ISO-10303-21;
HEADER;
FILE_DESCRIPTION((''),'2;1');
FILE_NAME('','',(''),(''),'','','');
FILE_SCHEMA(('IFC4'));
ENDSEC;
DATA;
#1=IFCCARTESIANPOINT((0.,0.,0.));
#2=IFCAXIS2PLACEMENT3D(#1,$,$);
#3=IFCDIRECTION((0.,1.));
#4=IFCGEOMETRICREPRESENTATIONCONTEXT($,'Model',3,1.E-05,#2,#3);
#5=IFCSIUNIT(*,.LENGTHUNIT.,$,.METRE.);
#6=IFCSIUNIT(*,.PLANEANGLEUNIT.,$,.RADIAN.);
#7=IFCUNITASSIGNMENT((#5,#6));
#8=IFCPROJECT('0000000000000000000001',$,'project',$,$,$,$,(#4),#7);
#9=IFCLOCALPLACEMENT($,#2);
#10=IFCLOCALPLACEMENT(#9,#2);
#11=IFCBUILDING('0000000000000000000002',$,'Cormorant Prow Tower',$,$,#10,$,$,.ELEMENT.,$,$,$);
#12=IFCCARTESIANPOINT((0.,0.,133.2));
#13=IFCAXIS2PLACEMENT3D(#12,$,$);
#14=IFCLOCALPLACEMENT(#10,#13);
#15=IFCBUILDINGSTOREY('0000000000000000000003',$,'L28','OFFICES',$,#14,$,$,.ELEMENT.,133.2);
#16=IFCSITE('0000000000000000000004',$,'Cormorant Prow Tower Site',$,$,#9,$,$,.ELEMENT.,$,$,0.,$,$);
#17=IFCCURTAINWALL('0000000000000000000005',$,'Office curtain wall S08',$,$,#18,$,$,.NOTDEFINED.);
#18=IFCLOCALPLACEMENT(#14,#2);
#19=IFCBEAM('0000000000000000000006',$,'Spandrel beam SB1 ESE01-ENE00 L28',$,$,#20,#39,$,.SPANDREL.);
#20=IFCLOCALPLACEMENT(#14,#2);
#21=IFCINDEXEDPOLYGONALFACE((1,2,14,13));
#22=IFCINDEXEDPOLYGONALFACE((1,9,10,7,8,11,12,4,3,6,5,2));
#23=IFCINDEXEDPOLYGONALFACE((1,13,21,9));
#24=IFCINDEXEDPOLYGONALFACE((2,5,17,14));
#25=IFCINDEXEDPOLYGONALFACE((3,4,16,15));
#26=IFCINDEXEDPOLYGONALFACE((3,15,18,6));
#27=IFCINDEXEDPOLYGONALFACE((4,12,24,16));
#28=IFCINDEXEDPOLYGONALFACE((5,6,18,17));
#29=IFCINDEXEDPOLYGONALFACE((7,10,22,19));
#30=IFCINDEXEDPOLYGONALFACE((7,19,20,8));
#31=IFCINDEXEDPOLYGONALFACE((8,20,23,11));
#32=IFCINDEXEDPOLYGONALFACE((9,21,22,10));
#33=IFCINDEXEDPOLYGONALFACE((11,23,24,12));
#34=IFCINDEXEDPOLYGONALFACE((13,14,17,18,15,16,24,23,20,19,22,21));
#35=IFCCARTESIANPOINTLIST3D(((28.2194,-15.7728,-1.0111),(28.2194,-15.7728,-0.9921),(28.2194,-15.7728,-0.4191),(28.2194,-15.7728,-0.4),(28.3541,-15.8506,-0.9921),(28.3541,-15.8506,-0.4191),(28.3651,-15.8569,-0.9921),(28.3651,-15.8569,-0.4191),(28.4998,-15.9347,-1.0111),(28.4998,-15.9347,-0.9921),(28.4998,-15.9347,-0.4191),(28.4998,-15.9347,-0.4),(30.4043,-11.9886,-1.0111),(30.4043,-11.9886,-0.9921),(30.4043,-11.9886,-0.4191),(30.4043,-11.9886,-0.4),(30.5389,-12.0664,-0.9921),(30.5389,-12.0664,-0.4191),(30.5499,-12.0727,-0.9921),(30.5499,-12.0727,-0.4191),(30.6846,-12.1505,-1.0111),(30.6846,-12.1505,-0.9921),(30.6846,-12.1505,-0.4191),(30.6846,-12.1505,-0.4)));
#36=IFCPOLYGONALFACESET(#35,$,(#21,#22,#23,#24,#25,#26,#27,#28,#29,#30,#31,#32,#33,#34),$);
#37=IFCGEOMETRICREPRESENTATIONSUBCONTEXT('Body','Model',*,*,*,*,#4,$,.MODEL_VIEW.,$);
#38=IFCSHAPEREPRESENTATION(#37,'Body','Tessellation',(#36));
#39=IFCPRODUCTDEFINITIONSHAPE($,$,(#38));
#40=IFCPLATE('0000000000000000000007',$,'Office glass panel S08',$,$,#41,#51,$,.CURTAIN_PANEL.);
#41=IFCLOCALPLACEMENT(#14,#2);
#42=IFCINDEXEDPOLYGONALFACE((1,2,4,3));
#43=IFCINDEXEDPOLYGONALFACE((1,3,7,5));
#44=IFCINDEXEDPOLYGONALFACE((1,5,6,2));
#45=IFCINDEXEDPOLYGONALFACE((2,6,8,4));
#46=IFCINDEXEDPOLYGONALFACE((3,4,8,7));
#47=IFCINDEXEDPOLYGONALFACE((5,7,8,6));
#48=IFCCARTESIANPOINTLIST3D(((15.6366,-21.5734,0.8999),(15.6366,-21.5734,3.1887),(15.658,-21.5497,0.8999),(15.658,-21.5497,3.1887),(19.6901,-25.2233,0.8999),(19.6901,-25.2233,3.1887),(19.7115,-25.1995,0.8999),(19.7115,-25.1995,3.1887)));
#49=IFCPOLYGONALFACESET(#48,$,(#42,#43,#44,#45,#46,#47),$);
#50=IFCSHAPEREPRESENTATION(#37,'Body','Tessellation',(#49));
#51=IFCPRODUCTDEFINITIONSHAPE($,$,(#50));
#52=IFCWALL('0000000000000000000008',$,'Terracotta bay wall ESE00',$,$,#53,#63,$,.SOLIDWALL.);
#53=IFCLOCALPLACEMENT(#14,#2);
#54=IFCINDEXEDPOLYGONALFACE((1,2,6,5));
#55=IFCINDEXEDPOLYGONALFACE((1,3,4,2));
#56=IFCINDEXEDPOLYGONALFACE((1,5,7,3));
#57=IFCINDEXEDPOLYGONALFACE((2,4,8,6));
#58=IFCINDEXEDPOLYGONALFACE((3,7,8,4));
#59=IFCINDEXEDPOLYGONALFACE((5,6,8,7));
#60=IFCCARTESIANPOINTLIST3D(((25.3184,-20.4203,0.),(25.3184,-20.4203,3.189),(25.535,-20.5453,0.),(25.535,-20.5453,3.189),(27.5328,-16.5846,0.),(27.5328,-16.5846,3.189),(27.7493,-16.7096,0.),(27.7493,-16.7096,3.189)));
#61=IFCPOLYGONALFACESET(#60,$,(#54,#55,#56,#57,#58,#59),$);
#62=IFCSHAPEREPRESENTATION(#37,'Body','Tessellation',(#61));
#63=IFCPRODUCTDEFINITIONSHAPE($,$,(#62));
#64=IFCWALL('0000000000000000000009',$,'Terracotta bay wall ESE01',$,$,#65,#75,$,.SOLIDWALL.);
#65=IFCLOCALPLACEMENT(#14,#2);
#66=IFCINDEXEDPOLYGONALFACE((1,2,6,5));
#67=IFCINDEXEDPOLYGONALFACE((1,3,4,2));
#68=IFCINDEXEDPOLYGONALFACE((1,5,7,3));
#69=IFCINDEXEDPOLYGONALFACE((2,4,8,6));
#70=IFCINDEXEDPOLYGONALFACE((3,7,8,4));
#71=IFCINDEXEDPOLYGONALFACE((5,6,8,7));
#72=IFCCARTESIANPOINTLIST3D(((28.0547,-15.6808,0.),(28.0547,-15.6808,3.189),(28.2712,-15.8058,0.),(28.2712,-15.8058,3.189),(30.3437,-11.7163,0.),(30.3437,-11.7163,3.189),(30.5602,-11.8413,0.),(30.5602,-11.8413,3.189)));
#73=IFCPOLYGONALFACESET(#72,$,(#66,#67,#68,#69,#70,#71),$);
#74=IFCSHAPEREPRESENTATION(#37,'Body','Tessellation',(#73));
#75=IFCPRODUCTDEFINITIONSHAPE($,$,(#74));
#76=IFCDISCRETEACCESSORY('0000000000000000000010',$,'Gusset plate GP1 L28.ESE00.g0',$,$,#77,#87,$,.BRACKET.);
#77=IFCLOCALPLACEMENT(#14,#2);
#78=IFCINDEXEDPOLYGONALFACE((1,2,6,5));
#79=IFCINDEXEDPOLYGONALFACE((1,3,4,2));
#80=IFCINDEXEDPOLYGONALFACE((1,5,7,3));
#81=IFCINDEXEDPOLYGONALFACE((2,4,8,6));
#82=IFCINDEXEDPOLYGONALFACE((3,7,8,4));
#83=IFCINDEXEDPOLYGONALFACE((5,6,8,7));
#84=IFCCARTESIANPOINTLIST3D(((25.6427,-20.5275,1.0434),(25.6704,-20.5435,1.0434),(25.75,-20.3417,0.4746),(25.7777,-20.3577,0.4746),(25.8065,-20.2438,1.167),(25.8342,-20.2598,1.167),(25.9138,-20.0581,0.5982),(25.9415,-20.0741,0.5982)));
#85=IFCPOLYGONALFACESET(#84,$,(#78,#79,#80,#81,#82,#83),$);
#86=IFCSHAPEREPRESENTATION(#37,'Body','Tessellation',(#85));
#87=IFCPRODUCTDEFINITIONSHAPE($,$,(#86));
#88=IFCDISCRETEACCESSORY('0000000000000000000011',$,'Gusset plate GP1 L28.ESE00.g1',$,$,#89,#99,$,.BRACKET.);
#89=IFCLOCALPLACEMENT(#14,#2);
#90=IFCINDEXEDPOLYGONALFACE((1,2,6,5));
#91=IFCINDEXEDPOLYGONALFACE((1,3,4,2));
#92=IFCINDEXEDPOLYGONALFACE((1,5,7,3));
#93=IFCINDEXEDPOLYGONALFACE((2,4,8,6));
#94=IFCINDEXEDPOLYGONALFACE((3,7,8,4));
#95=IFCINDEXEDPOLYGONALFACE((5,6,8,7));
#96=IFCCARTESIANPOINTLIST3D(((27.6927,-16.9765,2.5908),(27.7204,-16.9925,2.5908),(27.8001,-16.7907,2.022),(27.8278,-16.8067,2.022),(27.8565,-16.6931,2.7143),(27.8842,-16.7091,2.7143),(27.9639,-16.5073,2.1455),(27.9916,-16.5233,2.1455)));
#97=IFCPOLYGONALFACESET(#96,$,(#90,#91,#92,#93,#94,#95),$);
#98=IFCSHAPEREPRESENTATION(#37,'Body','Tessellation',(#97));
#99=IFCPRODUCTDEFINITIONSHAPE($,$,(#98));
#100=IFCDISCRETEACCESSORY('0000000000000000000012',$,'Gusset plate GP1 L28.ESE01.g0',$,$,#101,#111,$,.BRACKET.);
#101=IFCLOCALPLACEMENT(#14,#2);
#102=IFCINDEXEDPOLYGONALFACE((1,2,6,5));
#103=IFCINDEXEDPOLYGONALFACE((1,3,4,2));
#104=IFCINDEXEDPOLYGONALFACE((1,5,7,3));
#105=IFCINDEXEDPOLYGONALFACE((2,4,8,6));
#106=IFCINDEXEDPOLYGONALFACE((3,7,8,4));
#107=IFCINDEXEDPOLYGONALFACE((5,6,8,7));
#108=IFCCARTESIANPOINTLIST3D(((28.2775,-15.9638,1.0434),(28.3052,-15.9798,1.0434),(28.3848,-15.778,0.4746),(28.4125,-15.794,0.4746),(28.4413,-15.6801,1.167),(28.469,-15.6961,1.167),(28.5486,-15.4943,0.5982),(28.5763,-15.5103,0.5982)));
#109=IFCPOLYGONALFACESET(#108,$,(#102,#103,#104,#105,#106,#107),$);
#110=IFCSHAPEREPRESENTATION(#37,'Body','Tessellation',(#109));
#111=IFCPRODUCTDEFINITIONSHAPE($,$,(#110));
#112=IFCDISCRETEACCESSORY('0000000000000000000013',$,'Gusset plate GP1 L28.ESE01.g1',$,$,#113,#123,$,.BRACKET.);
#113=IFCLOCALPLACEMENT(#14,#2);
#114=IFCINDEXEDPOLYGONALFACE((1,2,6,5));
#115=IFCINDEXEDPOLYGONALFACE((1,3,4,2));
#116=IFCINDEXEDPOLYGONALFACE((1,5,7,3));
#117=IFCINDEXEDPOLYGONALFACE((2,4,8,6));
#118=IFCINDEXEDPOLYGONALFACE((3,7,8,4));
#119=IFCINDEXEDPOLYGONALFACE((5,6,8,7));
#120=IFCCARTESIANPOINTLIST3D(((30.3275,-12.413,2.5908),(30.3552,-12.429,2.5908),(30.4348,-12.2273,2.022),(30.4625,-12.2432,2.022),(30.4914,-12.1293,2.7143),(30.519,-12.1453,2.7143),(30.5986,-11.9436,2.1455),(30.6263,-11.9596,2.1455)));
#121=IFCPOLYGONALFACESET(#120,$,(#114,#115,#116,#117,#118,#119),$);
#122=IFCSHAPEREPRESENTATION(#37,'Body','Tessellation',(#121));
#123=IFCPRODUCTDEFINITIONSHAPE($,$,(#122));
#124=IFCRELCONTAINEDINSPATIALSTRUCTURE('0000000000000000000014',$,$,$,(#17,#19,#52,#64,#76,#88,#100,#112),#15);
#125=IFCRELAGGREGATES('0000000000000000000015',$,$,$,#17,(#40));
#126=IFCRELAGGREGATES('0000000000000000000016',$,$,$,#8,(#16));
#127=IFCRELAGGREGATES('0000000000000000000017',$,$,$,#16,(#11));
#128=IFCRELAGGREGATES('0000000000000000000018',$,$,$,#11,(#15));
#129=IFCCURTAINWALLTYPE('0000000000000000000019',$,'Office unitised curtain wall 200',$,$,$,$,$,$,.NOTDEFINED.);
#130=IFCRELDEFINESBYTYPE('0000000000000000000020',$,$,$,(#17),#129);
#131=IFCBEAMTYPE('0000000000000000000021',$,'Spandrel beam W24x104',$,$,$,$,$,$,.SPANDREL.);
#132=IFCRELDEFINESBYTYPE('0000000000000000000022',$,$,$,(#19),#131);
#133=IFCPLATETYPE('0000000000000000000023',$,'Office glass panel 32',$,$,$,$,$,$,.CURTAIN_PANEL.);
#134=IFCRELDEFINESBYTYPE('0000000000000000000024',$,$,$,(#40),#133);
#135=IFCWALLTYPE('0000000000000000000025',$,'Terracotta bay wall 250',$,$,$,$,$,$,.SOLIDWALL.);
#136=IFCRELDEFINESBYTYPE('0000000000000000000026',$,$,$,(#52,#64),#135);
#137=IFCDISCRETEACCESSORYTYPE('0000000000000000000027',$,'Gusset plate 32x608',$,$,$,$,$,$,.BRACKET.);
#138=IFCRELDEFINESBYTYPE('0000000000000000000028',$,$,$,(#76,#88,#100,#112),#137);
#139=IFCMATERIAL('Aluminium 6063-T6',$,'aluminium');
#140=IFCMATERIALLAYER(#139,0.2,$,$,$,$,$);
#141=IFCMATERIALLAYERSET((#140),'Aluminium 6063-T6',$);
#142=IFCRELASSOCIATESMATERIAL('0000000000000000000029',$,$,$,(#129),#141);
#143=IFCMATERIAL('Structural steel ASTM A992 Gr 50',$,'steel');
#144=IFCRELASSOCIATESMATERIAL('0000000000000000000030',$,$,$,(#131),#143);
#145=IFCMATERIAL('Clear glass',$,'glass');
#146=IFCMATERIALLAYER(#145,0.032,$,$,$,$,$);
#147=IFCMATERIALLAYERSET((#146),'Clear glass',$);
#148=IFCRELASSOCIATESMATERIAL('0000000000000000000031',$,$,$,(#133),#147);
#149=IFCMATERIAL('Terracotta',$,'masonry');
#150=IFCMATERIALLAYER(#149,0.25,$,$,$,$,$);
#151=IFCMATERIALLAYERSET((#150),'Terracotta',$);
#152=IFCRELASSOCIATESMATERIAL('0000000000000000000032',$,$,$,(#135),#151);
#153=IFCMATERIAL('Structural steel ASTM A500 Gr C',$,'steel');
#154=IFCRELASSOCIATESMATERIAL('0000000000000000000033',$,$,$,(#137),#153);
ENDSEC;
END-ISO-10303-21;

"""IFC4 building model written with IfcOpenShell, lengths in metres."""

from ifc_helpers import new_model, si_unit, direction, frame, frame_2d, origin, origin_2d, place, context, subcontext, project, spatial, rectangle, i_section, extrude, material, layer, layer_set, material_profile, profile_set, type_object, element, aggregate, save


model = new_model("IFC4")

# Units and contexts
model_context = context("Model", 3, precision=1e-05, world=origin(), true_north=direction((0.0, 1.0)))
body_context = subcontext(model_context, "Body", "Model", "MODEL_VIEW")
ifc_project = project(units=[si_unit("LENGTHUNIT", "METRE"), si_unit("PLANEANGLEUNIT", "RADIAN")], contexts=[model_context])

# Site, building, storey
site_placement = place(None, origin())
site = spatial("IfcSite", under=ifc_project, at=site_placement, Name="Cormorant Prow Tower Site", CompositionType="ELEMENT", RefElevation=0.0)
building_placement = place(site_placement, origin())
building = spatial("IfcBuilding", under=site, at=building_placement, Name="Cormorant Prow Tower", CompositionType="ELEMENT")
storey_placement = place(building_placement, frame((0.0, 0.0, 133.2)))
storey = spatial("IfcBuildingStorey", under=building, at=storey_placement, Name="L28", Description="OFFICES", CompositionType="ELEMENT", Elevation=133.2)

# Curtain wall
ifc_material_1 = material(Name="Aluminium 6063-T6", Category="aluminium")
ifc_layer_1 = layer(ifc_material_1, 0.2)
ifc_layer_set_1 = layer_set([ifc_layer_1], Name="Aluminium 6063-T6")
curtain_wall_type = type_object("IfcCurtainWallType", Name="Office unitised curtain wall 200", PredefinedType="NOTDEFINED", material=ifc_layer_set_1)
curtain_wall_placement = place(storey_placement, origin())
curtain_wall = element("IfcCurtainWall", 1, at=curtain_wall_placement, inside=storey, type_object=curtain_wall_type, Name="Office curtain wall S08", PredefinedType="NOTDEFINED")

# Beam
ifc_material_2 = material(Name="Structural steel ASTM A992 Gr 50", Category="steel")
ifc_material_profile_1 = material_profile(ifc_material_2, i_section(OverallWidth=0.3237, OverallDepth=0.6111, WebThickness=0.0127, FlangeThickness=0.019, at=origin_2d()), Name="W24x104")
ifc_profile_set_1 = profile_set([ifc_material_profile_1], Name="Structural steel ASTM A992 Gr 50")
beam_type = type_object("IfcBeamType", Name="Spandrel beam W24x104", PredefinedType="SPANDREL", material=ifc_profile_set_1)
for number, where, z_axis, x_axis, name in (
    (2, (28.3596, -15.8538, -0.7056), (0.500003, 0.866024, 0.0), (-0.866024, 0.500003, 0.0), "Spandrel beam SB1 ESE01-ENE00 L28"),
):
    element("IfcBeam", number, at=place(storey_placement, frame(where, z_axis=z_axis, x_axis=x_axis)), inside=storey, type_object=beam_type, Name=name, PredefinedType="SPANDREL", context=body_context, shape_type="SweptSolid", body=[
        extrude(i_section(OverallWidth=0.3237, OverallDepth=0.6111, WebThickness=0.0127, FlangeThickness=0.019, at=origin_2d()), origin(), (0.0, 0.0, 1.0), 4.3696),
    ])

# Plate
ifc_material_3 = material(Name="Clear glass", Category="glass")
ifc_layer_2 = layer(ifc_material_3, 0.032)
ifc_layer_set_2 = layer_set([ifc_layer_2], Name="Clear glass")
plate_type = type_object("IfcPlateType", Name="Office glass panel 32", PredefinedType="CURTAIN_PANEL", material=ifc_layer_set_2)
plate_placement = place(storey_placement, frame((17.6741, -23.3865, 0.8999), z_axis=(0.0, 0.0, 1.0), x_axis=(0.743145, -0.669131, 0.0)))
plate = element("IfcPlate", 3, at=plate_placement, type_object=plate_type, Name="Office glass panel S08", PredefinedType="CURTAIN_PANEL", context=body_context, shape_type="SweptSolid", body=[
    extrude(rectangle(XDim=5.4546, YDim=0.032, at=origin_2d()), origin(), (0.0, 0.0, 1.0), 2.2888),
])
aggregate(curtain_wall, [plate])

# Walls
ifc_material_4 = material(Name="Terracotta", Category="masonry")
ifc_layer_3 = layer(ifc_material_4, 0.25)
ifc_layer_set_3 = layer_set([ifc_layer_3], Name="Terracotta")
wall_type_1 = type_object("IfcWallType", Name="Terracotta bay wall 250", PredefinedType="SOLIDWALL", material=ifc_layer_set_3)
wall_1_placement = place(storey_placement, frame((25.4268, -20.4827, 0.0), z_axis=(0.0, 0.0, 1.0), x_axis=(0.499969, 0.866043, 0.0)))
element("IfcWall", 4, at=wall_1_placement, inside=storey, type_object=wall_type_1, Name="Terracotta bay wall ESE00", PredefinedType="SOLIDWALL", context=body_context, shape_type="SweptSolid", body=[
    extrude(rectangle(XDim=4.429, YDim=0.25, at=frame_2d((2.2144, 0.0))), origin(), (0.0, 0.0, 1.0), 3.189),
])
wall_2_placement = place(storey_placement, frame((28.1628, -15.7434, 0.0), z_axis=(0.0, 0.0, 1.0), x_axis=(0.500016, 0.866016, 0.0)))
element("IfcWall", 5, at=wall_2_placement, inside=storey, type_object=wall_type_1, Name="Terracotta bay wall ESE01", PredefinedType="SOLIDWALL", context=body_context, shape_type="SweptSolid", body=[
    extrude(rectangle(XDim=4.5779, YDim=0.25, at=frame_2d((2.2891, 0.0))), origin(), (0.0, 0.0, 1.0), 3.189),
])

# Discrete accessories
ifc_material_5 = material(Name="Structural steel ASTM A500 Gr C", Category="steel")
ifc_material_profile_2 = material_profile(ifc_material_5, rectangle(XDim=0.032, YDim=0.6079, at=origin_2d()), Name="Gusset plate 32x608")
ifc_profile_set_2 = profile_set([ifc_material_profile_2], Name="Structural steel ASTM A500 Gr C")
discrete_accessory_type = type_object("IfcDiscreteAccessoryType", Name="Gusset plate 32x608", PredefinedType="BRACKET", material=ifc_profile_set_2)
discrete_accessory_1_placement = place(storey_placement, frame((25.874, -20.1589, 0.8826), z_axis=(-0.467903, -0.810288, -0.352845), x_axis=(0.865987, -0.500067, 0.0)))
element("IfcDiscreteAccessory", 6, at=discrete_accessory_1_placement, inside=storey, type_object=discrete_accessory_type, Name="Gusset plate GP1 L28.ESE00.g0", PredefinedType="BRACKET", context=body_context, shape_type="SweptSolid", body=[
    extrude(rectangle(XDim=0.032, YDim=0.6079, at=origin_2d()), origin(), (0.0, 0.0, 1.0), 0.3501),
])
discrete_accessory_2_placement = place(storey_placement, frame((27.7603, -16.8916, 2.3064), z_axis=(0.468168, 0.810049, 0.353044), x_axis=(-0.8658, 0.500389, 0.0)))
element("IfcDiscreteAccessory", 7, at=discrete_accessory_2_placement, inside=storey, type_object=discrete_accessory_type, Name="Gusset plate GP1 L28.ESE00.g1", PredefinedType="BRACKET", context=body_context, shape_type="SweptSolid", body=[
    extrude(rectangle(XDim=0.032, YDim=0.6079, at=origin_2d()), origin(), (0.0, 0.0, 1.0), 0.3499),
])
for number, where, z_axis, x_axis, name in (
    (8, (28.5088, -15.5952, 0.8826), (-0.467903, -0.810288, -0.352845), (0.865987, -0.500067, 0.0), "Gusset plate GP1 L28.ESE01.g0"),
    (9, (30.395, -12.3281, 2.3064), (0.467903, 0.810288, 0.352845), (-0.865987, 0.500067, 0.0), "Gusset plate GP1 L28.ESE01.g1"),
):
    element("IfcDiscreteAccessory", number, at=place(storey_placement, frame(where, z_axis=z_axis, x_axis=x_axis)), inside=storey, type_object=discrete_accessory_type, Name=name, PredefinedType="BRACKET", context=body_context, shape_type="SweptSolid", body=[
        extrude(rectangle(XDim=0.032, YDim=0.6079, at=origin_2d()), origin(), (0.0, 0.0, 1.0), 0.3501),
    ])

save(model, "model.ifc")
